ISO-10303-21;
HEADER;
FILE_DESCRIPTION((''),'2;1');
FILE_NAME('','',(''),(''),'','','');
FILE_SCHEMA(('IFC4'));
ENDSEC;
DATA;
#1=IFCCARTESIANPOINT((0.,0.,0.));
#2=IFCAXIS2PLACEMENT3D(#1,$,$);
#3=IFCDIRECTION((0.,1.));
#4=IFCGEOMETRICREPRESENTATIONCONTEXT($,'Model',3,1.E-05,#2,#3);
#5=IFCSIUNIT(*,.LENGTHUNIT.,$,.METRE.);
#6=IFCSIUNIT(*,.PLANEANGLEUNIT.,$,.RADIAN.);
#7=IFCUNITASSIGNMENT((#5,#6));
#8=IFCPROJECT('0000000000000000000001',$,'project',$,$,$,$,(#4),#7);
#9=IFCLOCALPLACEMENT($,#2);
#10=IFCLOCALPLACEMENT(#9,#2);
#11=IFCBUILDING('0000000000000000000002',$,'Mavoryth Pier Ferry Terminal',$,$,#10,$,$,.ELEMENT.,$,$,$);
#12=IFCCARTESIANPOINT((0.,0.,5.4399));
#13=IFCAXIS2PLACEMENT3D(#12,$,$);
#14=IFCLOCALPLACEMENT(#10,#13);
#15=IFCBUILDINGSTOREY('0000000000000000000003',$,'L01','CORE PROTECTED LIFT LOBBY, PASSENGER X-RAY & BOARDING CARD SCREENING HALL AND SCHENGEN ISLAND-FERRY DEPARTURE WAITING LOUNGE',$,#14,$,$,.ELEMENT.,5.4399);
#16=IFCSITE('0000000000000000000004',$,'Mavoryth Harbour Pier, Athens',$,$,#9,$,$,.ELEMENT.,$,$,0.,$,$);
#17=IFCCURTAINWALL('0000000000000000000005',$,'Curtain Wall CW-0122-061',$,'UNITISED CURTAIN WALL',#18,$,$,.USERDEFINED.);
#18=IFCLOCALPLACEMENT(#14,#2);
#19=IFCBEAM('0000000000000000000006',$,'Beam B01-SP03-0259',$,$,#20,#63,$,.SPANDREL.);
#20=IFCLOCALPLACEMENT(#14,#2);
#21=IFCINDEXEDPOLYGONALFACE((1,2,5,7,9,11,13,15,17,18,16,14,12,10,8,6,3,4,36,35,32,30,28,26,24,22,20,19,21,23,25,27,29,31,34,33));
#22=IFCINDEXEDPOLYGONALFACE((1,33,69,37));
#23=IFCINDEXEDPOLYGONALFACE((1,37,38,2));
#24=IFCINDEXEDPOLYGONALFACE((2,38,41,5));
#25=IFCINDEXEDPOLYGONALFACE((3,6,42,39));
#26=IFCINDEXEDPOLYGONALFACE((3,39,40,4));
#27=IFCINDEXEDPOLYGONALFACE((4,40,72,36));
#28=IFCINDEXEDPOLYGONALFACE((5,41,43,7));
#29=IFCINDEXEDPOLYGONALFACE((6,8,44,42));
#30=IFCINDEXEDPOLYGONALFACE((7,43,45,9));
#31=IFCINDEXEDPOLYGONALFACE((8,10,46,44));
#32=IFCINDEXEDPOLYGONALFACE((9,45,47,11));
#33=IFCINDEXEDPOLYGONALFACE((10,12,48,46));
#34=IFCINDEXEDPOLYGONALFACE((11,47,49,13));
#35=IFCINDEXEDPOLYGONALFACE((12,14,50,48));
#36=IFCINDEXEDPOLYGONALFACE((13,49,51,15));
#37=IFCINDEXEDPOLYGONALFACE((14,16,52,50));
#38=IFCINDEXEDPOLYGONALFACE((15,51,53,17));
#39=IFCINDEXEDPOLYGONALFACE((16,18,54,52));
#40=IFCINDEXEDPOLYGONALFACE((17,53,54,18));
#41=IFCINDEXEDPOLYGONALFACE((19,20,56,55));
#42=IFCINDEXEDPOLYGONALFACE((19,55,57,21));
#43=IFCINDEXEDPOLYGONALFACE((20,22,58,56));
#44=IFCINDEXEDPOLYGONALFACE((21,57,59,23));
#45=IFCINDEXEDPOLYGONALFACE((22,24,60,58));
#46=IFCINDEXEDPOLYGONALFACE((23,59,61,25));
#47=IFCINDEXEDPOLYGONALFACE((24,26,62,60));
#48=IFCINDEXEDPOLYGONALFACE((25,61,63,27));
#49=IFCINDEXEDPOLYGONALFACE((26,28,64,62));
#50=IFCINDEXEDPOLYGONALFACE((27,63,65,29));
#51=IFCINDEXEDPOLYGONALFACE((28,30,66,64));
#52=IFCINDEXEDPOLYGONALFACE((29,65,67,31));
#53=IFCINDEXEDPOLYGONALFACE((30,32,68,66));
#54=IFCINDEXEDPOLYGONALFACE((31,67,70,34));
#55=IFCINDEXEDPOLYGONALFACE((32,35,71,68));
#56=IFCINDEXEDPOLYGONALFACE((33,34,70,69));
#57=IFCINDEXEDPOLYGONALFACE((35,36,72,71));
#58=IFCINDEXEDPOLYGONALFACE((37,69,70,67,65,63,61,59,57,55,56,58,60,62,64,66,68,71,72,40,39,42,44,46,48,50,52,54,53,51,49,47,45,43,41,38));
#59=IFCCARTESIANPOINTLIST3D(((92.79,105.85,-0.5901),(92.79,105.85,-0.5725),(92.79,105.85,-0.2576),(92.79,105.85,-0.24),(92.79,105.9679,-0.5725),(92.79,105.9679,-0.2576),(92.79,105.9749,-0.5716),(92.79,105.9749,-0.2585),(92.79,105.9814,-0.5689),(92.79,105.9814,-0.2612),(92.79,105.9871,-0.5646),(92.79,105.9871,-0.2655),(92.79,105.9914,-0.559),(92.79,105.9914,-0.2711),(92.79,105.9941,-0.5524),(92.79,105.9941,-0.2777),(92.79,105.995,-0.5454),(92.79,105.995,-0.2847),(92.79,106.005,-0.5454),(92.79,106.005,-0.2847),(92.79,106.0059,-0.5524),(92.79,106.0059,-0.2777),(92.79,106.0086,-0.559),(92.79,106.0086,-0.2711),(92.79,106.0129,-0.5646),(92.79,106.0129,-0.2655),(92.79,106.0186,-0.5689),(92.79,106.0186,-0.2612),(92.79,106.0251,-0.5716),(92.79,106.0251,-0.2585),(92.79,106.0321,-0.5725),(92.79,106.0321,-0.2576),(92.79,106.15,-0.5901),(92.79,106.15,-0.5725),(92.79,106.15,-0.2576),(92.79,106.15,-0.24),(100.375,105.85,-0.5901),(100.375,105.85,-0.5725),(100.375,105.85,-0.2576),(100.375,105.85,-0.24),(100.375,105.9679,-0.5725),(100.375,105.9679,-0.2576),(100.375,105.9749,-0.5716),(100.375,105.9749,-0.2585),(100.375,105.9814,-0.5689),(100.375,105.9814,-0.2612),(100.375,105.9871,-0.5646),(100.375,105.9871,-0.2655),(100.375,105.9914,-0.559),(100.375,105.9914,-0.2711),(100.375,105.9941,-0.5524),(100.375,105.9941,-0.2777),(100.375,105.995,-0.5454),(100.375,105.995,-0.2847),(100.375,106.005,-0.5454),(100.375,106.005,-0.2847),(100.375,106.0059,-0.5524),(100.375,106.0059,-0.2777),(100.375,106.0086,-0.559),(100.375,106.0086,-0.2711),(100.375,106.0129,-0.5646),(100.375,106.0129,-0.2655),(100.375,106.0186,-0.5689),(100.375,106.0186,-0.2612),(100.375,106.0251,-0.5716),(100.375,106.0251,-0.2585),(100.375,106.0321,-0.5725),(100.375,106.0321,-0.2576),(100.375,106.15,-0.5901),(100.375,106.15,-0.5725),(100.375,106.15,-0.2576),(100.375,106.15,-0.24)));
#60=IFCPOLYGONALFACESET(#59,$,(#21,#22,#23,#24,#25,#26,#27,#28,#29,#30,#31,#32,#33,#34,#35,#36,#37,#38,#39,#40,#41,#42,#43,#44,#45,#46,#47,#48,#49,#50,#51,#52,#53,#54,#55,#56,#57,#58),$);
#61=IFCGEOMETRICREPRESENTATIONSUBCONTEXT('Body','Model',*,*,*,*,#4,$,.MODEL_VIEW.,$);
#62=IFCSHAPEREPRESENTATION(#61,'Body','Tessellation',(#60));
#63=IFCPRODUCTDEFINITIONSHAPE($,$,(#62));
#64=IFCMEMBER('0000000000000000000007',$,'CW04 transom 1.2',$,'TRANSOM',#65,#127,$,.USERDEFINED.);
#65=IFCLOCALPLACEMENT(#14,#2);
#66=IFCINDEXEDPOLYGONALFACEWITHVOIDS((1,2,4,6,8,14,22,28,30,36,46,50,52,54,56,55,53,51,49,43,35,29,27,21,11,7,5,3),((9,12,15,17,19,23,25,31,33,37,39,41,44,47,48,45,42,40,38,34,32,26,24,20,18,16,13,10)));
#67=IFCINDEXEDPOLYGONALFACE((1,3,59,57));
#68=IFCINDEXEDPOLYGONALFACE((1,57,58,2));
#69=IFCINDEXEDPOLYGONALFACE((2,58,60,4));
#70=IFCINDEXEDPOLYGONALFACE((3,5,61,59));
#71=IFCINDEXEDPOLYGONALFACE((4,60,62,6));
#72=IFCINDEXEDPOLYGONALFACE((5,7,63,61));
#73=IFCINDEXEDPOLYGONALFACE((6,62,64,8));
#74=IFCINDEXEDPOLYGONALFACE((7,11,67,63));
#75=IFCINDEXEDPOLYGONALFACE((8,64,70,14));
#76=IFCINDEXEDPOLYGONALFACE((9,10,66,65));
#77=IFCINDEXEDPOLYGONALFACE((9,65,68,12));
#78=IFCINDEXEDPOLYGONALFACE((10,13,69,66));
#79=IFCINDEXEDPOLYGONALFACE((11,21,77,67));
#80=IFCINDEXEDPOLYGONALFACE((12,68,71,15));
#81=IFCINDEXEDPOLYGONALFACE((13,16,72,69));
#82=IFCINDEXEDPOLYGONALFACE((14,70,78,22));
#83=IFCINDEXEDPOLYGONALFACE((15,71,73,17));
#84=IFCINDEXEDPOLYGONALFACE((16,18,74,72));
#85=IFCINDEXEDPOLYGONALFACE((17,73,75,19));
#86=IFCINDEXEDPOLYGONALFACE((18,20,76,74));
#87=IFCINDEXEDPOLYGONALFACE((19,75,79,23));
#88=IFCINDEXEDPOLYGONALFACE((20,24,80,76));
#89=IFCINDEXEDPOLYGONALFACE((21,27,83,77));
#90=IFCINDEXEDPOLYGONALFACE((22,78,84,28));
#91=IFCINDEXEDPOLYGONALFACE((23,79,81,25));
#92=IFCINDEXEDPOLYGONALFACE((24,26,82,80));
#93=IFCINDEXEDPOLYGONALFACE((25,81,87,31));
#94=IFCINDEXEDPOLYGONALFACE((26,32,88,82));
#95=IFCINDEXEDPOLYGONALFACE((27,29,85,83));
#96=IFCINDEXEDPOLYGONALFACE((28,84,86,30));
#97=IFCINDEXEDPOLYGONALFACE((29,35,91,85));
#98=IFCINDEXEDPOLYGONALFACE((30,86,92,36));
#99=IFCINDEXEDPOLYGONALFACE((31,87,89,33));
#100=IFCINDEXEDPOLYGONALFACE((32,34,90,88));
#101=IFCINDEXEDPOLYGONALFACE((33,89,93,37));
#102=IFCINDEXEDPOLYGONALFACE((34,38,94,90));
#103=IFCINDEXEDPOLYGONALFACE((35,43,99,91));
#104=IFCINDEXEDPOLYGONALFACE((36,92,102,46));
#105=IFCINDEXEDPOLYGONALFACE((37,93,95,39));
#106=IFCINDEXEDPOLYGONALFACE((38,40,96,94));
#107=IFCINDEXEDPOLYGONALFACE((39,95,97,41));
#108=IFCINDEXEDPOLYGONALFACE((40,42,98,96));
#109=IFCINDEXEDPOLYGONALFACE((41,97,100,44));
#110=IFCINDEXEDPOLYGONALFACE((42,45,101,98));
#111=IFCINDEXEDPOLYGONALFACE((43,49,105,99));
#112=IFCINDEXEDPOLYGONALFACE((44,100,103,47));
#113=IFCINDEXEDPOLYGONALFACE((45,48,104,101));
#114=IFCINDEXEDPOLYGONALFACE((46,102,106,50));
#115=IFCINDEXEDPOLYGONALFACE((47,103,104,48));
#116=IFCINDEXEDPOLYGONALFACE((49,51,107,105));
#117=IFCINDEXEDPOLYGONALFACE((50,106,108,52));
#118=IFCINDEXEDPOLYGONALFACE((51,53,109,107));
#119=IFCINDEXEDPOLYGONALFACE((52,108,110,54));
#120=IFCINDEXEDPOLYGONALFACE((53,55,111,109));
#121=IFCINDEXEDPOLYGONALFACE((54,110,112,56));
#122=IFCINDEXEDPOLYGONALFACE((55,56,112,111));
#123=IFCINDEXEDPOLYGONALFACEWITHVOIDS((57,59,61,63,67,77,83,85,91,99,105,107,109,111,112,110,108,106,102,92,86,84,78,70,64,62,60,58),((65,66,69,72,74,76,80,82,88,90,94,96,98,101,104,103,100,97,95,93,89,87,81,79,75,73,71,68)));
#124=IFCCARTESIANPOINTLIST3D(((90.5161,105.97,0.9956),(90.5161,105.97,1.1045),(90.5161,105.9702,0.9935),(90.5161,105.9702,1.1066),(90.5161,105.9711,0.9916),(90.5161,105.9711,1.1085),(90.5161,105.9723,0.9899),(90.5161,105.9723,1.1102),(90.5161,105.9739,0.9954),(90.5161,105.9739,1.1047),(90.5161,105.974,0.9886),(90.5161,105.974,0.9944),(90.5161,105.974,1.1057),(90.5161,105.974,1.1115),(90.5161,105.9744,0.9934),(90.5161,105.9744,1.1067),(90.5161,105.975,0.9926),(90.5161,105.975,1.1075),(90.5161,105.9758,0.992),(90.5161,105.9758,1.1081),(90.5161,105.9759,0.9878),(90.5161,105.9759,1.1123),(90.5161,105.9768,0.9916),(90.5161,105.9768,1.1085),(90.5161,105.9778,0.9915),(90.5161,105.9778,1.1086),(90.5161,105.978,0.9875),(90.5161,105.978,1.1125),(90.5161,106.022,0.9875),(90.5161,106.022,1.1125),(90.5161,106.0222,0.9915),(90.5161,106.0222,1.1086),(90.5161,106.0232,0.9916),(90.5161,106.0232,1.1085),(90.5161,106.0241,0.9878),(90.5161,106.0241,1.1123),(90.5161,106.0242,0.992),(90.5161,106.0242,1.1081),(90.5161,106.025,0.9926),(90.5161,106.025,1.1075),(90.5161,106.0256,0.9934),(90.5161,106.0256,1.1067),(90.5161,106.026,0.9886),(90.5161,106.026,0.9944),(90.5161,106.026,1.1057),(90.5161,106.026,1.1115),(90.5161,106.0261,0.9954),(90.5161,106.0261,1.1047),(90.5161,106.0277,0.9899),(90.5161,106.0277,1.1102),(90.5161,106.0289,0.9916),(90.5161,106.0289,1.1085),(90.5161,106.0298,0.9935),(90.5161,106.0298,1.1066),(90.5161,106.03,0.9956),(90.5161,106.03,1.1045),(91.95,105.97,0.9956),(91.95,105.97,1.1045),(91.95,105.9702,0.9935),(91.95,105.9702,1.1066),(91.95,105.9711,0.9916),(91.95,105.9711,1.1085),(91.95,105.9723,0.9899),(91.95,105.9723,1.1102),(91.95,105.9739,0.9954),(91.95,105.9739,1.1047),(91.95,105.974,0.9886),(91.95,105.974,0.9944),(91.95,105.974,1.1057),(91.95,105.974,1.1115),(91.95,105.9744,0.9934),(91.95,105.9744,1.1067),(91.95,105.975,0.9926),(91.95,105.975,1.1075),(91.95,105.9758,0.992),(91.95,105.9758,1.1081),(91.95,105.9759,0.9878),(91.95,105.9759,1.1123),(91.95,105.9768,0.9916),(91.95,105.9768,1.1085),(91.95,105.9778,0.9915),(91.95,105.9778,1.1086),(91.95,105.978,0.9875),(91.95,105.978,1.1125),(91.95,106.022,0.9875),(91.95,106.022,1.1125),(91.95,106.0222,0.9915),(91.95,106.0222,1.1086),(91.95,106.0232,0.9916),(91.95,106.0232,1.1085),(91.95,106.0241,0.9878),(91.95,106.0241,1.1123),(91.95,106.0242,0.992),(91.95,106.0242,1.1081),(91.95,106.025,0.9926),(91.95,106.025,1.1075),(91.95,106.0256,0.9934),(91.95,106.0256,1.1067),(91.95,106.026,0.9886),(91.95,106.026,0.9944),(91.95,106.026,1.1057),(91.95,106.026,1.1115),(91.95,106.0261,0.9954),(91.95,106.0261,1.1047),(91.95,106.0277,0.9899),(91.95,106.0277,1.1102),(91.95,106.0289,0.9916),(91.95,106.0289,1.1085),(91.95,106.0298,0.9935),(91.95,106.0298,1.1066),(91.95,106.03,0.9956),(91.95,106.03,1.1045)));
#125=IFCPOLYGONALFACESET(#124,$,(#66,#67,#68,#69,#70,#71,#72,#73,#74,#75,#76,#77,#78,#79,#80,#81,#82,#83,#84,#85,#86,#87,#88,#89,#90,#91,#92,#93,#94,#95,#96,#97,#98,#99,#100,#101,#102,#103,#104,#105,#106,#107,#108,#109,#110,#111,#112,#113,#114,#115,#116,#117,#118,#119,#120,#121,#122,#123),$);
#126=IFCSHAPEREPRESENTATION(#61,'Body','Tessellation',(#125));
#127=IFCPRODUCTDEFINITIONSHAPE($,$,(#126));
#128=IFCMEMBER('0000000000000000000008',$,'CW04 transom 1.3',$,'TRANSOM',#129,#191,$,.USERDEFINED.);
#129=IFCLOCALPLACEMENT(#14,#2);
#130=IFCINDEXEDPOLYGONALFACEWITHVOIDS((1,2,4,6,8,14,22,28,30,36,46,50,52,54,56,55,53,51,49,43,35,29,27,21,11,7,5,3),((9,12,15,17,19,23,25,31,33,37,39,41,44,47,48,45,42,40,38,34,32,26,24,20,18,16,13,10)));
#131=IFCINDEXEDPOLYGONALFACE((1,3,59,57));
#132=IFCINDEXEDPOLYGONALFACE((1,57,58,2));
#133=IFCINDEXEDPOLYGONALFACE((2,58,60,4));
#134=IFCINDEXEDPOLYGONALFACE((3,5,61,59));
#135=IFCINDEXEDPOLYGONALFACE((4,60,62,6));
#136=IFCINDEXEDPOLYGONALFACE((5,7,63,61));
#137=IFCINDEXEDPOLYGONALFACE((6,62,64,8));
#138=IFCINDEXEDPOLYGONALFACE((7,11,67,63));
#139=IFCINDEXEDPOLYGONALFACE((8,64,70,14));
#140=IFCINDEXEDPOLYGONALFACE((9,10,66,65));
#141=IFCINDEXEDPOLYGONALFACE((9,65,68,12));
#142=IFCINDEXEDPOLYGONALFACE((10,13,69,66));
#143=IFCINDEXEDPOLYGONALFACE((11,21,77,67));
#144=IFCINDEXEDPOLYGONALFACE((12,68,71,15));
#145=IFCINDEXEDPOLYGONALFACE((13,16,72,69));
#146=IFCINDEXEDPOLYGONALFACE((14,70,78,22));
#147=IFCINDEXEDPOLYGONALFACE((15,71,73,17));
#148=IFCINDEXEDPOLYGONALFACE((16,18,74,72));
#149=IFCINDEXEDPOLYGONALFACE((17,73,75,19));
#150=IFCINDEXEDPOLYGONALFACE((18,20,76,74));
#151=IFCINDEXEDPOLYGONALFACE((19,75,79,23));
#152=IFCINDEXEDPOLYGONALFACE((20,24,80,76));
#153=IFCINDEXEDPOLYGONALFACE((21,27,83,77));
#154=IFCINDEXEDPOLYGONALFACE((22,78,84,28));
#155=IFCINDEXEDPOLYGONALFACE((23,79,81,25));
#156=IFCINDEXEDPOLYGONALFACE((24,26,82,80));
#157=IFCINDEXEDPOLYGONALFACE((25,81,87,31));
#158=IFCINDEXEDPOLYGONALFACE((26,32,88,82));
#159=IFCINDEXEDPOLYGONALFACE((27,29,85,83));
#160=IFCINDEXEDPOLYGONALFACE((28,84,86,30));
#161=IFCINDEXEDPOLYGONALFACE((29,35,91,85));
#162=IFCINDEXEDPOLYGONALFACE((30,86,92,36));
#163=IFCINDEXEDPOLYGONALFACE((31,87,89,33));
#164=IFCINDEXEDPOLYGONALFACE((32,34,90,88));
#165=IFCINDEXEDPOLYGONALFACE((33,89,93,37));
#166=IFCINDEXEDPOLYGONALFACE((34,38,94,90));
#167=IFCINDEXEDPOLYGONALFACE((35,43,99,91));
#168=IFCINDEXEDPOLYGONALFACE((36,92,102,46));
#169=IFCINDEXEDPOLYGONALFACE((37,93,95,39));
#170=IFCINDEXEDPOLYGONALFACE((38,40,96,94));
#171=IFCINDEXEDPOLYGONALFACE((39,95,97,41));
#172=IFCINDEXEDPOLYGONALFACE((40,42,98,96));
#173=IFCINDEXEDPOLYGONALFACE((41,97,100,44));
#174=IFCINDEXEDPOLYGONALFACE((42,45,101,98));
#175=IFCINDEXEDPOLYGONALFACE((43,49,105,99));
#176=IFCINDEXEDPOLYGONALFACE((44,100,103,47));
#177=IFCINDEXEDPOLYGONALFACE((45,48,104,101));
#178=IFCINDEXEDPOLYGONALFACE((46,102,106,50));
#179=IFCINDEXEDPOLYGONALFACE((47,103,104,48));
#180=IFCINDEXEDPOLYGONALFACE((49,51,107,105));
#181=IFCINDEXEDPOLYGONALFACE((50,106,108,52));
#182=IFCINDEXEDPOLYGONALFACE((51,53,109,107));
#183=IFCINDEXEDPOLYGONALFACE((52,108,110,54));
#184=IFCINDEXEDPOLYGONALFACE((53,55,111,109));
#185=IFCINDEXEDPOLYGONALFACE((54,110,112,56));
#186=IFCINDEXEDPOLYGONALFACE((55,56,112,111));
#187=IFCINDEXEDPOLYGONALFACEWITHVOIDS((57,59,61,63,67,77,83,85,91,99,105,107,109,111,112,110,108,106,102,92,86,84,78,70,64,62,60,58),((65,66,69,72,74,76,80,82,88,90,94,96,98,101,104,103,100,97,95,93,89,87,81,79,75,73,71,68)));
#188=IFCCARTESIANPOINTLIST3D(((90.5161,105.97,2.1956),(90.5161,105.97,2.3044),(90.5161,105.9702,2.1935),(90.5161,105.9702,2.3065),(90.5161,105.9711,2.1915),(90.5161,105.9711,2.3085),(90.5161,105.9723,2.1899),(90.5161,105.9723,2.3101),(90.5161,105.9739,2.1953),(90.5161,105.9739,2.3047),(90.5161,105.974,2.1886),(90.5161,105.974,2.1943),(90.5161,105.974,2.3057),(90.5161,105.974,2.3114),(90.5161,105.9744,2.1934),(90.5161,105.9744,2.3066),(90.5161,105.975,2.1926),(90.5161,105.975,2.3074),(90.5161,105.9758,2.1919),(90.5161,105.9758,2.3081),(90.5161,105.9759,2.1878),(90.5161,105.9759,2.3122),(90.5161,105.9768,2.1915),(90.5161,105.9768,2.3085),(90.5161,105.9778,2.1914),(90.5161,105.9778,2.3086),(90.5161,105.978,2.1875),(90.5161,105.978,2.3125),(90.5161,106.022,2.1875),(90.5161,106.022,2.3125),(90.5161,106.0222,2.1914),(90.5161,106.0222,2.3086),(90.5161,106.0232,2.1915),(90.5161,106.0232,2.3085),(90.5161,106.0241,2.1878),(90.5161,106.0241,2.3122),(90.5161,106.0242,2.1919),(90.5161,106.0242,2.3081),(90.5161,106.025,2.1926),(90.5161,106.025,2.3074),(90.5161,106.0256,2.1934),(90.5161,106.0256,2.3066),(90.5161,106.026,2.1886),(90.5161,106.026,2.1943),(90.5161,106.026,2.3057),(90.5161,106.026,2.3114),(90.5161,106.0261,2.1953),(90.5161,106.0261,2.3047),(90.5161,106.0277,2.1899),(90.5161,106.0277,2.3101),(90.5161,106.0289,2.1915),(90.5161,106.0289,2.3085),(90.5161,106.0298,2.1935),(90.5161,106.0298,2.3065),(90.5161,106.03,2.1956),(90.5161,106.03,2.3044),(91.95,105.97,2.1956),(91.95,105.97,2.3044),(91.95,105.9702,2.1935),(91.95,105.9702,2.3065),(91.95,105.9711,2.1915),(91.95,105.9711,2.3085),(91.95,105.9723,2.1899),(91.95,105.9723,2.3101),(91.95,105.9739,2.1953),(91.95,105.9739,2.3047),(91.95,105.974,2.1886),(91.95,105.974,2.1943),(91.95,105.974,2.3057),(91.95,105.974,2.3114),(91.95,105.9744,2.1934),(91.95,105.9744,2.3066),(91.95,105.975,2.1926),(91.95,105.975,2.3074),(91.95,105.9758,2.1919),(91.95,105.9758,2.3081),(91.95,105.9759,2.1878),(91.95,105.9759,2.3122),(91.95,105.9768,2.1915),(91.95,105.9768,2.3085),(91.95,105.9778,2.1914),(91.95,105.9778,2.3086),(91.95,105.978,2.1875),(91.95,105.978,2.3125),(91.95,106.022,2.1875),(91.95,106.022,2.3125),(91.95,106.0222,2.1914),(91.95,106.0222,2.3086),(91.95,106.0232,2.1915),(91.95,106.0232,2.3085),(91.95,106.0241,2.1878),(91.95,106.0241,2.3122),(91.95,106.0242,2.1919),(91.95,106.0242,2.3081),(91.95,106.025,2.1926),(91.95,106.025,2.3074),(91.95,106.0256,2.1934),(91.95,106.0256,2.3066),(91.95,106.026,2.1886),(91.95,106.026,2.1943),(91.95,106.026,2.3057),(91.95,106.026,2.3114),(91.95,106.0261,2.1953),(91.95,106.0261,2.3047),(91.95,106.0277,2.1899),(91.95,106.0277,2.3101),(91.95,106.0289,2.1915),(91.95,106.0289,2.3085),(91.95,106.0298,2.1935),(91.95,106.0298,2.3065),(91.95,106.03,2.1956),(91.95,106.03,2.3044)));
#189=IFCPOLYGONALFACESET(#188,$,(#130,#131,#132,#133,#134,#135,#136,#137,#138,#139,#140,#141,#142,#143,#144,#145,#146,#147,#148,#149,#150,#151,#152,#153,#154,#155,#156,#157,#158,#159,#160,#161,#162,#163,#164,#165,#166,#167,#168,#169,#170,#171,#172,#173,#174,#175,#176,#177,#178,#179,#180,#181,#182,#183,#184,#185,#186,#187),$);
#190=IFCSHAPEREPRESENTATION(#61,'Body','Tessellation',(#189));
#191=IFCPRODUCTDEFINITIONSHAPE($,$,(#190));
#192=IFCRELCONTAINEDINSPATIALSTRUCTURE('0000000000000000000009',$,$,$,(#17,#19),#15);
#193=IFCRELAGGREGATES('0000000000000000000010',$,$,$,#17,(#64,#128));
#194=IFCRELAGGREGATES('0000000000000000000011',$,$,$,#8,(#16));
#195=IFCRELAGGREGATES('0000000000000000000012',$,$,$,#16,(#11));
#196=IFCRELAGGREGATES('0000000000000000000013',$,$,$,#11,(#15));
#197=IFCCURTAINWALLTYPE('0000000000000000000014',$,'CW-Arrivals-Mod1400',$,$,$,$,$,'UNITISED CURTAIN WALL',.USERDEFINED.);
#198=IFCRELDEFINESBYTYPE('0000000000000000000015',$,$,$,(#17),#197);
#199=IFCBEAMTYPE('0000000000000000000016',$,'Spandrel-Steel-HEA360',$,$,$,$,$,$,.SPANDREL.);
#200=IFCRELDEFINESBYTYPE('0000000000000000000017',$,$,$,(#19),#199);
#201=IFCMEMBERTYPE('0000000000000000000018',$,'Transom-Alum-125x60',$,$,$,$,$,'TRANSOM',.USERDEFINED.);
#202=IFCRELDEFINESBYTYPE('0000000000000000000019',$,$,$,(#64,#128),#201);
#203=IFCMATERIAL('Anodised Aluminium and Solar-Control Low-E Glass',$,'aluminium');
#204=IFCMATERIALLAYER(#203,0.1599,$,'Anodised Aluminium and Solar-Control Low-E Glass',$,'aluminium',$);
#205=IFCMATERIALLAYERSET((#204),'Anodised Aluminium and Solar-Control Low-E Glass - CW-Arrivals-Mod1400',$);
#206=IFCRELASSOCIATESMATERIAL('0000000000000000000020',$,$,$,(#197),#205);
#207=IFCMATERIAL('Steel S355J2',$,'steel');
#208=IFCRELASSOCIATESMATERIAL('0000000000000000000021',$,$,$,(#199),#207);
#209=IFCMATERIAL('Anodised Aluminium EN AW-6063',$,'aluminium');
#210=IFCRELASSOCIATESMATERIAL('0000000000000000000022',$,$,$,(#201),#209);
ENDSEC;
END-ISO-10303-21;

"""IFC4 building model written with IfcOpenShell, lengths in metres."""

from ifc_helpers import new_model, si_unit, direction, frame, origin, origin_2d, place, context, subcontext, project, spatial, hollow_rectangle, i_section, extrude, material, layer, layer_set, material_profile, profile_set, type_object, element, aggregate, save


model = new_model("IFC4")

# Units and contexts
model_context = context("Model", 3, precision=1e-05, world=origin(), true_north=direction((0.0, 1.0)))
body_context = subcontext(model_context, "Body", "Model", "MODEL_VIEW")
ifc_project = project(units=[si_unit("LENGTHUNIT", "METRE"), si_unit("PLANEANGLEUNIT", "RADIAN")], contexts=[model_context])

# Site, building, storey
site_placement = place(None, origin())
site = spatial("IfcSite", under=ifc_project, at=site_placement, Name="Mavoryth Harbour Pier, Athens", CompositionType="ELEMENT", RefElevation=0.0)
building_placement = place(site_placement, origin())
building = spatial("IfcBuilding", under=site, at=building_placement, Name="Mavoryth Pier Ferry Terminal", CompositionType="ELEMENT")
storey_placement = place(building_placement, frame((0.0, 0.0, 5.4399)))
storey = spatial("IfcBuildingStorey", under=building, at=storey_placement, Name="L01", Description="CORE PROTECTED LIFT LOBBY, PASSENGER X-RAY & BOARDING CARD SCREENING HALL AND SCHENGEN ISLAND-FERRY DEPARTURE WAITING LOUNGE", CompositionType="ELEMENT", Elevation=5.4399)

# Shared definitions
ifc_material_1 = material(Name="Steel S355J2", Category="steel")

# Curtain wall
ifc_material_2 = material(Name="Anodised Aluminium and Solar-Control Low-E Glass", Category="aluminium")
ifc_layer_1 = layer(ifc_material_2, 0.1599, Name="Anodised Aluminium and Solar-Control Low-E Glass", Category="aluminium")
ifc_layer_set_1 = layer_set([ifc_layer_1], Name="Anodised Aluminium and Solar-Control Low-E Glass - CW-Arrivals-Mod1400")
curtain_wall_type_1 = type_object("IfcCurtainWallType", Name="CW-Arrivals-Mod1400", ElementType="UNITISED CURTAIN WALL", PredefinedType="USERDEFINED", material=ifc_layer_set_1)
curtain_wall_1_placement = place(storey_placement, origin())
curtain_wall_1 = element("IfcCurtainWall", 1, at=curtain_wall_1_placement, inside=storey, type_object=curtain_wall_type_1, Name="Curtain Wall CW-0122-061", ObjectType="UNITISED CURTAIN WALL", PredefinedType="USERDEFINED")
ifc_material_3 = material(Name="Anodised Aluminium EN AW-6063", Category="aluminium")

# Beam
ifc_material_profile_1 = material_profile(ifc_material_1, i_section(OverallWidth=0.3, OverallDepth=0.3501, WebThickness=0.01, FlangeThickness=0.0176, FilletRadius=0.0271, at=origin_2d()), Name="HEA 360", Category="steel")
ifc_profile_set_1 = profile_set([ifc_material_profile_1], Name="Steel S355J2 - HEA 360")
beam_type = type_object("IfcBeamType", Name="Spandrel-Steel-HEA360", PredefinedType="SPANDREL", material=ifc_profile_set_1)
beam_placement = place(storey_placement, frame((92.79, 106.0, -0.415), z_axis=(1.0, 0.0, 0.0), x_axis=(0.0, 1.0, 0.0)))
element("IfcBeam", 2, at=beam_placement, inside=storey, type_object=beam_type, Name="Beam B01-SP03-0259", PredefinedType="SPANDREL", context=body_context, shape_type="SweptSolid", body=[
    extrude(i_section(OverallWidth=0.3, OverallDepth=0.3501, WebThickness=0.01, FlangeThickness=0.0176, FilletRadius=0.0271, at=origin_2d()), origin(), (0.0, 0.0, 1.0), 7.585),
])

# Members
ifc_material_profile_2 = material_profile(ifc_material_3, hollow_rectangle(XDim=0.0601, YDim=0.125, WallThickness=0.0039, InnerFilletRadius=0.0039, OuterFilletRadius=0.0081, at=origin_2d()), Name="AL-TRAN 125x60x4", Category="aluminium")
ifc_profile_set_2 = profile_set([ifc_material_profile_2], Name="Anodised Aluminium EN AW-6063 - AL-TRAN 125x60x4")
member_type_1 = type_object("IfcMemberType", Name="Transom-Alum-125x60", ElementType="TRANSOM", PredefinedType="USERDEFINED", material=ifc_profile_set_2)
member_1_placement = place(storey_placement, frame((91.95, 106.0, 1.05), z_axis=(-1.0, 0.0, 0.0), x_axis=(0.0, -1.0, 0.0)))
member_1 = element("IfcMember", 3, at=member_1_placement, type_object=member_type_1, Name="CW04 transom 1.2", ObjectType="TRANSOM", PredefinedType="USERDEFINED", context=body_context, shape_type="SweptSolid", body=[
    extrude(hollow_rectangle(XDim=0.0601, YDim=0.125, WallThickness=0.0039, InnerFilletRadius=0.0039, OuterFilletRadius=0.0081, at=origin_2d()), origin(), (0.0, 0.0, 1.0), 1.4338),
])
member_2_placement = place(storey_placement, frame((91.95, 106.0, 2.25), z_axis=(-1.0, 0.0, 0.0), x_axis=(0.0, -1.0, 0.0)))
member_2 = element("IfcMember", 4, at=member_2_placement, type_object=member_type_1, Name="CW04 transom 1.3", ObjectType="TRANSOM", PredefinedType="USERDEFINED", context=body_context, shape_type="SweptSolid", body=[
    extrude(hollow_rectangle(XDim=0.0601, YDim=0.125, WallThickness=0.0039, InnerFilletRadius=0.0039, OuterFilletRadius=0.0081, at=origin_2d()), origin(), (0.0, 0.0, 1.0), 1.4338),
])
aggregate(curtain_wall_1, [member_1, member_2])

save(model, "model.ifc")
